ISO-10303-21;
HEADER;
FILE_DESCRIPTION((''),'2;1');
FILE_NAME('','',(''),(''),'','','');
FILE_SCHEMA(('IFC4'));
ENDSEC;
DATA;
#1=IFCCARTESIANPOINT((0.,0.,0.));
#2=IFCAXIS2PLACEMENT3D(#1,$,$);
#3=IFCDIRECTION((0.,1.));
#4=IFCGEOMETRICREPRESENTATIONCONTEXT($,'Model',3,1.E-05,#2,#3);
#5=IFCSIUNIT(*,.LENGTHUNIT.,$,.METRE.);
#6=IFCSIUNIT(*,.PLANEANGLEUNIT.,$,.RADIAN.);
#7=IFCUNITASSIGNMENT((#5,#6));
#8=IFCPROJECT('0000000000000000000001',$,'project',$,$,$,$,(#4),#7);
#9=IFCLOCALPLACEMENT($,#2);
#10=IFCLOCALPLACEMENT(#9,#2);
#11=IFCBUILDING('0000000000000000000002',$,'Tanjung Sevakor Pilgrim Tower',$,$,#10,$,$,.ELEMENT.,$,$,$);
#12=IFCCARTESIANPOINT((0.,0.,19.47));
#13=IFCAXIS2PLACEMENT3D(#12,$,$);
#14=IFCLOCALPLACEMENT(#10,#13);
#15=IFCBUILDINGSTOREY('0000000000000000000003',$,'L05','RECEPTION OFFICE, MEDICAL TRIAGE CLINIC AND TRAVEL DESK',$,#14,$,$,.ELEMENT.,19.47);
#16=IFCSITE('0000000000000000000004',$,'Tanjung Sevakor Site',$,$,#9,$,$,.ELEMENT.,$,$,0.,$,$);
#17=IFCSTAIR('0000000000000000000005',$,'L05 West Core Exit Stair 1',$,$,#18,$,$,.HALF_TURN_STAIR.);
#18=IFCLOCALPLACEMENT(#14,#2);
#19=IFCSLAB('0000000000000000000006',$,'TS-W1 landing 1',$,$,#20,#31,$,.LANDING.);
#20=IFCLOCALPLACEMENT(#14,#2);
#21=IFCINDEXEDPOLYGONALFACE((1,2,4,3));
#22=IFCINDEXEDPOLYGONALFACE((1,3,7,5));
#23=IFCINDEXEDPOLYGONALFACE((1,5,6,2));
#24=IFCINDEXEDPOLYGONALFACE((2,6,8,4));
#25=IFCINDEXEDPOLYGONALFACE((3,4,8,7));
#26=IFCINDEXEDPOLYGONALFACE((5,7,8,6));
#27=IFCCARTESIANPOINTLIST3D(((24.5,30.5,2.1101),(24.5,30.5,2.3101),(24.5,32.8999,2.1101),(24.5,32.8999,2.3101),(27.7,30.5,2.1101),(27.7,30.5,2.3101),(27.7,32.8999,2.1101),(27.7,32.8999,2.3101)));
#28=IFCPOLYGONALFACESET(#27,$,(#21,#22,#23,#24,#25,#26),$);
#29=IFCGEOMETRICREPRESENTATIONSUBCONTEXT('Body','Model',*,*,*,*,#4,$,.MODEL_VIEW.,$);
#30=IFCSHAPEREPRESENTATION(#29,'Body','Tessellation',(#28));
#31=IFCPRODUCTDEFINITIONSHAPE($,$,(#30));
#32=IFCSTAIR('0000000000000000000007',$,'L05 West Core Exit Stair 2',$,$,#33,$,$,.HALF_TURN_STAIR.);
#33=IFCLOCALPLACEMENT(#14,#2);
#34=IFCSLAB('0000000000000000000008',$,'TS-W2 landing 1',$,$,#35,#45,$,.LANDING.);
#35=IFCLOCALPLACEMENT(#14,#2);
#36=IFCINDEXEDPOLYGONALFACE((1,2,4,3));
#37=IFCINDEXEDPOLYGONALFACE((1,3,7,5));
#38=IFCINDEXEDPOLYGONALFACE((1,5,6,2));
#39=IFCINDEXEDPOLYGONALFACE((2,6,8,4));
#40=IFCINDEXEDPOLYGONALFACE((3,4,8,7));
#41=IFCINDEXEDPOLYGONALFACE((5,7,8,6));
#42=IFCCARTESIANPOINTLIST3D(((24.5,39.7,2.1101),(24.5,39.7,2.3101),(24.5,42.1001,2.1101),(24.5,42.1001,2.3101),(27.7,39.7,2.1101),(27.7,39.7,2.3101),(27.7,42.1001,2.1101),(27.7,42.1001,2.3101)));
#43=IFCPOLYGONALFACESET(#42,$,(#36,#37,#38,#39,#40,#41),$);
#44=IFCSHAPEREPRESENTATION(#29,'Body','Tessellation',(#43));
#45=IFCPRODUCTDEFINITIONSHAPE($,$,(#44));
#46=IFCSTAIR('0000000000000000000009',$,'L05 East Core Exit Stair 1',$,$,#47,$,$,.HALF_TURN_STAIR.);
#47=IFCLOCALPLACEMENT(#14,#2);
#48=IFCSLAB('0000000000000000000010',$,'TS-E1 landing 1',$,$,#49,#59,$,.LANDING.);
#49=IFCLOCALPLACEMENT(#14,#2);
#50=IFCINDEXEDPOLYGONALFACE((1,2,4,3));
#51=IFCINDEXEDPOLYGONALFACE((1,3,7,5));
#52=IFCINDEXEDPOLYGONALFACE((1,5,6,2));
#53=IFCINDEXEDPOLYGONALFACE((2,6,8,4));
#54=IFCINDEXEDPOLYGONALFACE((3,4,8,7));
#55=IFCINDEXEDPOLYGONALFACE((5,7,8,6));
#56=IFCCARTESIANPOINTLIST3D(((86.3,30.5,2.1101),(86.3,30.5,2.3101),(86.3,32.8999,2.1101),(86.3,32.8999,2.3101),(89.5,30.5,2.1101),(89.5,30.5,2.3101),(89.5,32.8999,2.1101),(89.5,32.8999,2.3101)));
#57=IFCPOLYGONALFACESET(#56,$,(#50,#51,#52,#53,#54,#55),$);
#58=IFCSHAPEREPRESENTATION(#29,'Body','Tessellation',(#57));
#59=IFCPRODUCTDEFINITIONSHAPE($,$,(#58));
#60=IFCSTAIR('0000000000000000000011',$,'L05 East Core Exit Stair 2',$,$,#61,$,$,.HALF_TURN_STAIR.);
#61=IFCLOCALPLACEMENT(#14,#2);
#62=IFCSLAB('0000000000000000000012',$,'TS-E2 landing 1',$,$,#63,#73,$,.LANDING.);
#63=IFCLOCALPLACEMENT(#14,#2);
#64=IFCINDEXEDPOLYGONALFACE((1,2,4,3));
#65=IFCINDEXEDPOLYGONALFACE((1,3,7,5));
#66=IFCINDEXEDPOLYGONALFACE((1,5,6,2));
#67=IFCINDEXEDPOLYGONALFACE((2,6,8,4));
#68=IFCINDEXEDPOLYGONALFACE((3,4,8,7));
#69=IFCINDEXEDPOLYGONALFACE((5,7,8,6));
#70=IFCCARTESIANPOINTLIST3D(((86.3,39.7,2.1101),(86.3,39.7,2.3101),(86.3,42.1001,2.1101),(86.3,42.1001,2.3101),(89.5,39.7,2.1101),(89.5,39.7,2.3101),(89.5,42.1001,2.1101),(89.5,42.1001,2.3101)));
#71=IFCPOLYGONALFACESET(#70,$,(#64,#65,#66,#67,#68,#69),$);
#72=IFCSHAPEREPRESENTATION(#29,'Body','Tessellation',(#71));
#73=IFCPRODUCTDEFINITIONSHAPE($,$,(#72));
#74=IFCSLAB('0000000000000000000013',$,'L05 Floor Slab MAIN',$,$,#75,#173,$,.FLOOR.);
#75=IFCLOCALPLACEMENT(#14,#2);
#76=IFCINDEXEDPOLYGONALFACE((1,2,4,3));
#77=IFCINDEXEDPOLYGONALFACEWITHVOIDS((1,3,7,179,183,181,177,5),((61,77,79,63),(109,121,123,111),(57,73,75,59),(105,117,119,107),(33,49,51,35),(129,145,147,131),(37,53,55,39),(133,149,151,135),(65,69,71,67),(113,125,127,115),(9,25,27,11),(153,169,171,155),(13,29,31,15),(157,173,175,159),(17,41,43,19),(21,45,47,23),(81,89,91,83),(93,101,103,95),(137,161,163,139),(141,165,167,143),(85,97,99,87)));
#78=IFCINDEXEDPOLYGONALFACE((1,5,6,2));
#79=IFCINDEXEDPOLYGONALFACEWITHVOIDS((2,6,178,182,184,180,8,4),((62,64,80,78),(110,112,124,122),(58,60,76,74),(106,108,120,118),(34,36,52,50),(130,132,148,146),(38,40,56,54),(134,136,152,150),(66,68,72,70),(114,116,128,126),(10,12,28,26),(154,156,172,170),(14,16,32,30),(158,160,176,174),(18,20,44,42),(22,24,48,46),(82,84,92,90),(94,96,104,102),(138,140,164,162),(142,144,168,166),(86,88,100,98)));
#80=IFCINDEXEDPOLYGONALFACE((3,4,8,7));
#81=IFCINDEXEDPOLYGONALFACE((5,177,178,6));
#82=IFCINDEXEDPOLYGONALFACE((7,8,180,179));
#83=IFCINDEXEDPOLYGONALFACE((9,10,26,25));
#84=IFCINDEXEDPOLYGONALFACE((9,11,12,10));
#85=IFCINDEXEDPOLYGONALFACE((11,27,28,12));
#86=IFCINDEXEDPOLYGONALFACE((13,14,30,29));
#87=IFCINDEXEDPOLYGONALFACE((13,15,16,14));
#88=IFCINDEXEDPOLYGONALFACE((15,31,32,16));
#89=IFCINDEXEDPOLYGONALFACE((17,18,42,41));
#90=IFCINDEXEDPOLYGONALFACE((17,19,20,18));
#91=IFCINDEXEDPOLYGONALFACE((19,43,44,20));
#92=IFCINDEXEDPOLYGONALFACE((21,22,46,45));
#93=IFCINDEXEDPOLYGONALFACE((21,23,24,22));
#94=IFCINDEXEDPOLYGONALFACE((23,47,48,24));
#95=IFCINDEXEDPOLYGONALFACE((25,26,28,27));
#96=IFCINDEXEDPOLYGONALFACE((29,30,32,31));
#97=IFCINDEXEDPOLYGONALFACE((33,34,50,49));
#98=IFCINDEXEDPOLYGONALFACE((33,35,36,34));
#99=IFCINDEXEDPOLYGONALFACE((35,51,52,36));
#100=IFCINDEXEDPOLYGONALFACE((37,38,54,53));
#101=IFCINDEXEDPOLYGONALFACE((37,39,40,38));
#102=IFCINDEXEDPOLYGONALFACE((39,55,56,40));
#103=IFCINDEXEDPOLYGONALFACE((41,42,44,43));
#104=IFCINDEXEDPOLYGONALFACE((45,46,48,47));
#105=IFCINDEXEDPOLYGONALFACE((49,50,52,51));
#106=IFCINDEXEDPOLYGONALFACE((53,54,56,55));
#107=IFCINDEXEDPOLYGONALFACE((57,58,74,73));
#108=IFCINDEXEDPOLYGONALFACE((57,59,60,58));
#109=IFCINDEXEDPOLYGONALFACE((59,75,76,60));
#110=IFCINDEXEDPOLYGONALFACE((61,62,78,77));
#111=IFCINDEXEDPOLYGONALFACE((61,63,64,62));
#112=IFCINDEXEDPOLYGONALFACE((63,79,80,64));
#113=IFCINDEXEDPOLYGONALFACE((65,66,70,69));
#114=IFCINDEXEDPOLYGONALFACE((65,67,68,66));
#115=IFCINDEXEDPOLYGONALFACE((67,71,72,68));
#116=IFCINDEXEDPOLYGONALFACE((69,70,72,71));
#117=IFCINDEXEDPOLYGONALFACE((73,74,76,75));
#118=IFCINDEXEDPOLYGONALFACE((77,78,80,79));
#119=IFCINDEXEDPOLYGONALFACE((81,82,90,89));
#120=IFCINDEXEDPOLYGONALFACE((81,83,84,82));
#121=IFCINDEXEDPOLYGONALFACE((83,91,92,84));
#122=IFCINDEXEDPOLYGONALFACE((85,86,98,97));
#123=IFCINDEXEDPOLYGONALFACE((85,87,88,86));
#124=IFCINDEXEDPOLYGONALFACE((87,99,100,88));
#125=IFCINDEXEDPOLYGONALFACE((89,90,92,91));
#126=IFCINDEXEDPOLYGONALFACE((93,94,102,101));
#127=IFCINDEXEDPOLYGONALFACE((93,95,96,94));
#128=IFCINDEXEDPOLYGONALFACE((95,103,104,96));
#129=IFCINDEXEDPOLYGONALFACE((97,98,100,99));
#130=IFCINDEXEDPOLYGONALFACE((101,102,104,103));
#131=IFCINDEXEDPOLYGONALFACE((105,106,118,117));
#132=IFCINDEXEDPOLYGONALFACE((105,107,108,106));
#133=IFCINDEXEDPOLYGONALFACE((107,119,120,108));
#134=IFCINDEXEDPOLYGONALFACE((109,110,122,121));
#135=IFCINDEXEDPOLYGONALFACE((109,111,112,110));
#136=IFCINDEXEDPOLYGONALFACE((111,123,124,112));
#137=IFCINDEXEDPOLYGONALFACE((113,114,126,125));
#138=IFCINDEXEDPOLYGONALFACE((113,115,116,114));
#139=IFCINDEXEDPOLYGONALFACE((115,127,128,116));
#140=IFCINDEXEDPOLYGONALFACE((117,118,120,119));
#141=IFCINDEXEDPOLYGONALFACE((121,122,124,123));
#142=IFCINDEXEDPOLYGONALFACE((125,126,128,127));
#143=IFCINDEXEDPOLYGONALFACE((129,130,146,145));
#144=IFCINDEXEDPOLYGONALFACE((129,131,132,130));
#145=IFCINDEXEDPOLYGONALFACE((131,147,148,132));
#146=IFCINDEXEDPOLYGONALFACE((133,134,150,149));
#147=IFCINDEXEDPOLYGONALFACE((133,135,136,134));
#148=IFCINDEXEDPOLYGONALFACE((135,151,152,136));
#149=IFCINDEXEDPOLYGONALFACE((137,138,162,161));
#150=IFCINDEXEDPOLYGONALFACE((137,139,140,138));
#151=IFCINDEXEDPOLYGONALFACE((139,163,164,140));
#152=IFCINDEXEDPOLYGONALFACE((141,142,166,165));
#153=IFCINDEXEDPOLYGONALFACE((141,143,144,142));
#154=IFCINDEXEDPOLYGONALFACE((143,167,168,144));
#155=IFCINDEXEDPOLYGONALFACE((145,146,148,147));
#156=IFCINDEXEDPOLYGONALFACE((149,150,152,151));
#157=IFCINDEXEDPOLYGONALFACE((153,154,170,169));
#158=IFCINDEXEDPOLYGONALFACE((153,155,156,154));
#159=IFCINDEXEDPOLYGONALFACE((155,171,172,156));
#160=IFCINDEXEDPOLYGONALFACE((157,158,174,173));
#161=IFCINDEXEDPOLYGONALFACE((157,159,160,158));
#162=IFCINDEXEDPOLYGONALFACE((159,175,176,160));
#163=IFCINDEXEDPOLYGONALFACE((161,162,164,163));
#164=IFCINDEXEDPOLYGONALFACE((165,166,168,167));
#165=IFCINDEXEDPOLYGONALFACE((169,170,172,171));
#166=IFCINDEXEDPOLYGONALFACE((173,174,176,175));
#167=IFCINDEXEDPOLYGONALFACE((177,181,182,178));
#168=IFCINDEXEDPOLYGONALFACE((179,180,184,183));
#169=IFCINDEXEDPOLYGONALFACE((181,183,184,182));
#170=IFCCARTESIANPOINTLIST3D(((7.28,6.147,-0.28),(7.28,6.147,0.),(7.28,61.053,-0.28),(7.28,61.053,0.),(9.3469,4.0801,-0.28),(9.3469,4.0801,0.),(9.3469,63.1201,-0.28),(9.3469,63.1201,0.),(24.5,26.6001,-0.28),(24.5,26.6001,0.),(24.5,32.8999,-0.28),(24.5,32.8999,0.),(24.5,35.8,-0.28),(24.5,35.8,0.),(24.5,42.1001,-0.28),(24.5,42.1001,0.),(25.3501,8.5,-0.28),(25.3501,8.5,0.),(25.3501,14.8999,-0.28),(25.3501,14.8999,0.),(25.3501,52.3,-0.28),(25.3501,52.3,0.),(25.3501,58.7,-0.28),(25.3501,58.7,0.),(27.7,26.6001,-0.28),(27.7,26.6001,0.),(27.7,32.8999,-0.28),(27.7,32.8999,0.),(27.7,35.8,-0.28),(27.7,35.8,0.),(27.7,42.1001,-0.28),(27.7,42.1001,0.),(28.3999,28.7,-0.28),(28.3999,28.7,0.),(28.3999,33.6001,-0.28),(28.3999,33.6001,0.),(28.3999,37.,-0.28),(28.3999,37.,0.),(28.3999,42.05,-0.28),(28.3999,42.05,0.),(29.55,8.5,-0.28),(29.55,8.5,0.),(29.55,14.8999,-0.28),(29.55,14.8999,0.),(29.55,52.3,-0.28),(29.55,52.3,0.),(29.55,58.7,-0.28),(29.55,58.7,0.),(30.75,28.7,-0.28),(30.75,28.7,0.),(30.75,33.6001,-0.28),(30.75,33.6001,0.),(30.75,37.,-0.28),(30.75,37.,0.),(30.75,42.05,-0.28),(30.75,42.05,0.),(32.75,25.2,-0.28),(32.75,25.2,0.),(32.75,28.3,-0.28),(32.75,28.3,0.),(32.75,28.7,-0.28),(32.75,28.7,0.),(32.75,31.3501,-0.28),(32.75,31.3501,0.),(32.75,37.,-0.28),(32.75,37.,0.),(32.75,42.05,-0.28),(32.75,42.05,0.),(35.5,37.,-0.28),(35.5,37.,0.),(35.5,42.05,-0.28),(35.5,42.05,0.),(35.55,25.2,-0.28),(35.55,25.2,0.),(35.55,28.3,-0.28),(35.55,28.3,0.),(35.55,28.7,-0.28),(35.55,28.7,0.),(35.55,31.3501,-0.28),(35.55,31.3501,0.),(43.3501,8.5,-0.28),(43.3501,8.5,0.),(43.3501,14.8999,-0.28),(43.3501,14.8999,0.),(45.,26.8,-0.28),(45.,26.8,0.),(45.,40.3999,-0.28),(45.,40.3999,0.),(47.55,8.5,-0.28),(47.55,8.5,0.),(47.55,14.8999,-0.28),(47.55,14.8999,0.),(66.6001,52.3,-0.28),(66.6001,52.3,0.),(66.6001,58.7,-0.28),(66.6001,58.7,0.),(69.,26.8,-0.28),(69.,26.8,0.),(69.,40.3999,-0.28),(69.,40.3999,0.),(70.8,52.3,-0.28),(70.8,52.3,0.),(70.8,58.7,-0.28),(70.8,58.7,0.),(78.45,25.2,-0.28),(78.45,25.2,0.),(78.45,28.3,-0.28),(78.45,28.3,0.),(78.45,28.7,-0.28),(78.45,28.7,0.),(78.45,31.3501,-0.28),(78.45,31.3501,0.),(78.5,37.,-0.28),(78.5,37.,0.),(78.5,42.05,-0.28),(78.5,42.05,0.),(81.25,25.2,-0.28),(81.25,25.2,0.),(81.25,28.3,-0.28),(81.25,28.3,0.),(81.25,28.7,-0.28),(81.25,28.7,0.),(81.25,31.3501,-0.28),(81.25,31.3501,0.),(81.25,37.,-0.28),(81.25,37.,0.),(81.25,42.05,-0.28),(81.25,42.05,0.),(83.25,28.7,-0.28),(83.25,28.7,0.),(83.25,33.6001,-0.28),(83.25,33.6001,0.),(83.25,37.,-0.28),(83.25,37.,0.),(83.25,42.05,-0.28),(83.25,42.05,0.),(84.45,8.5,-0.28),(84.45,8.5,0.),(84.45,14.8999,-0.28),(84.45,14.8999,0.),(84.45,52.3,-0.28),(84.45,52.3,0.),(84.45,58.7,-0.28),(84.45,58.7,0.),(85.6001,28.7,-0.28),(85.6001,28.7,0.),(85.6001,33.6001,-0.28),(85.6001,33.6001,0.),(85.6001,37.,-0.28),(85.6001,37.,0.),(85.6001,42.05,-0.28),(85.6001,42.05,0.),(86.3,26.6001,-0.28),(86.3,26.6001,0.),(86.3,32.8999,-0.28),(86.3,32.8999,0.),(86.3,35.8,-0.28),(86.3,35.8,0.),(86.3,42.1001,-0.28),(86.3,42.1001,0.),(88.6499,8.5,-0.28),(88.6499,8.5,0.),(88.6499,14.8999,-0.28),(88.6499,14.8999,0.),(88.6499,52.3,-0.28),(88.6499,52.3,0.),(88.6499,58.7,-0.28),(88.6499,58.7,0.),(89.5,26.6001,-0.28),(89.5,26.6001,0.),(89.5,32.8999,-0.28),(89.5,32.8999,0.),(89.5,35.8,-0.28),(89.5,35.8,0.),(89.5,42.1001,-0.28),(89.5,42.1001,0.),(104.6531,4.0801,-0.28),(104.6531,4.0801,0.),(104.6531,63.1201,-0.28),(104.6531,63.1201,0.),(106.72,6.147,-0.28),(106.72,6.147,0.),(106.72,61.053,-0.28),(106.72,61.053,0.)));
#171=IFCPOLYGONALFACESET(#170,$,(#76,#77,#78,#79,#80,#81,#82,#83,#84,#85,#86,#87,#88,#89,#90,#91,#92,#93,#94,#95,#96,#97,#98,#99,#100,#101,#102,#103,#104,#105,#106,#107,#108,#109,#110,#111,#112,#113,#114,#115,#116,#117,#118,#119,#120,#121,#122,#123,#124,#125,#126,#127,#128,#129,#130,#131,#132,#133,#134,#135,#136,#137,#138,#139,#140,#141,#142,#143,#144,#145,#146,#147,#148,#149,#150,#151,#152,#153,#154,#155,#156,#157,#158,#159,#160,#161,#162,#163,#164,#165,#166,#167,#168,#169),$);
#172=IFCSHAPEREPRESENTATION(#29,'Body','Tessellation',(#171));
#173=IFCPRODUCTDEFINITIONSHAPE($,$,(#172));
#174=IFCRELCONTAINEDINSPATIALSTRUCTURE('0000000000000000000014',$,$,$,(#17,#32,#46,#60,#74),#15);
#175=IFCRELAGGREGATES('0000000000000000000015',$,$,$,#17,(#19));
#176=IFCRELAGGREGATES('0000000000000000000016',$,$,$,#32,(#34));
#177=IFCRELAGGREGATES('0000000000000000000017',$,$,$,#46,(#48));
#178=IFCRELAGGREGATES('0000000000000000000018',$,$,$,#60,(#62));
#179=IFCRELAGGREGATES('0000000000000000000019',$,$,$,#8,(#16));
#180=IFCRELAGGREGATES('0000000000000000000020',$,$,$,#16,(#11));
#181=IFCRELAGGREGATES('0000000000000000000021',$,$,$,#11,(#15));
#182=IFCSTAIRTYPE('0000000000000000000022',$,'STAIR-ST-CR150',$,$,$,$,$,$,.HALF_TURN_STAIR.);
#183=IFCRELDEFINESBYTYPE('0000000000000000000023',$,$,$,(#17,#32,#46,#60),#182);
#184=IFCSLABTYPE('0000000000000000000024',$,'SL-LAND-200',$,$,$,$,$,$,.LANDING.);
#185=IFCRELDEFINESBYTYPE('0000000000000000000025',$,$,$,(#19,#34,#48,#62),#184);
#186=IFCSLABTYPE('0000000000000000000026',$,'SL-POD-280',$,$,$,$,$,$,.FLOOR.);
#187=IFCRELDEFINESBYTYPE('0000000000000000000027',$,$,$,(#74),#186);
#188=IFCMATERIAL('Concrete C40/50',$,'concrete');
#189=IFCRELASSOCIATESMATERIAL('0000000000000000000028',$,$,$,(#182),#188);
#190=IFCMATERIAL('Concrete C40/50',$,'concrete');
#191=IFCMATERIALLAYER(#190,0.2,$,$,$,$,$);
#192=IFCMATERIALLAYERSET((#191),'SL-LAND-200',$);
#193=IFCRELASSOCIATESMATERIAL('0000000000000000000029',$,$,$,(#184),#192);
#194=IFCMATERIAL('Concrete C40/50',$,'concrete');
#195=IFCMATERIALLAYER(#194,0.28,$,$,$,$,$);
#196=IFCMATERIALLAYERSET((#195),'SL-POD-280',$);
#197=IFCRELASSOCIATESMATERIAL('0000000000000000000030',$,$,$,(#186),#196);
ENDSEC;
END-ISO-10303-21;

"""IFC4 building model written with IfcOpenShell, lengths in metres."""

from ifc_helpers import new_model, si_unit, direction, frame, origin, place, context, subcontext, project, spatial, polyline, outline, extrude, material, layer, layer_set, type_object, element, aggregate, save


model = new_model("IFC4")

# Units and contexts
model_context = context("Model", 3, precision=1e-05, world=origin(), true_north=direction((0.0, 1.0)))
body_context = subcontext(model_context, "Body", "Model", "MODEL_VIEW")
ifc_project = project(units=[si_unit("LENGTHUNIT", "METRE"), si_unit("PLANEANGLEUNIT", "RADIAN")], contexts=[model_context])

# Site, building, storey
site_placement = place(None, origin())
site = spatial("IfcSite", under=ifc_project, at=site_placement, Name="Tanjung Sevakor Site", CompositionType="ELEMENT", RefElevation=0.0)
building_placement = place(site_placement, origin())
building = spatial("IfcBuilding", under=site, at=building_placement, Name="Tanjung Sevakor Pilgrim Tower", CompositionType="ELEMENT")
storey_placement = place(building_placement, frame((0.0, 0.0, 19.47)))
storey = spatial("IfcBuildingStorey", under=building, at=storey_placement, Name="L05", Description="RECEPTION OFFICE, MEDICAL TRIAGE CLINIC AND TRAVEL DESK", CompositionType="ELEMENT", Elevation=19.47)

# Stairs, slabs
ifc_material_1 = material(Name="Concrete C40/50", Category="concrete")
stair_type = type_object("IfcStairType", Name="STAIR-ST-CR150", PredefinedType="HALF_TURN_STAIR", material=ifc_material_1)
stair_1_placement = place(storey_placement, origin())
stair_1 = element("IfcStair", 1, at=stair_1_placement, inside=storey, type_object=stair_type, Name="L05 West Core Exit Stair 1", PredefinedType="HALF_TURN_STAIR")
ifc_material_2 = material(Name="Concrete C40/50", Category="concrete")
ifc_layer_1 = layer(ifc_material_2, 0.2)
ifc_layer_set_1 = layer_set([ifc_layer_1], Name="SL-LAND-200")
slab_type_1 = type_object("IfcSlabType", Name="SL-LAND-200", PredefinedType="LANDING", material=ifc_layer_set_1)
slab_1_placement = place(storey_placement, frame((0.0, 0.0, 2.1101)))
slab_1 = element("IfcSlab", 2, at=slab_1_placement, type_object=slab_type_1, Name="TS-W1 landing 1", PredefinedType="LANDING", context=body_context, shape_type="SweptSolid", body=[
    extrude(outline(polyline([(27.7, 30.5), (27.7, 32.8999), (24.5, 32.8999), (24.5, 30.5), (27.7, 30.5)])), origin(), (0.0, 0.0, 1.0), 0.2),
])
aggregate(stair_1, [slab_1])
stair_2_placement = place(storey_placement, origin())
stair_2 = element("IfcStair", 3, at=stair_2_placement, inside=storey, type_object=stair_type, Name="L05 West Core Exit Stair 2", PredefinedType="HALF_TURN_STAIR")
slab_2_placement = place(storey_placement, frame((0.0, 0.0, 2.1101)))
slab_2 = element("IfcSlab", 4, at=slab_2_placement, type_object=slab_type_1, Name="TS-W2 landing 1", PredefinedType="LANDING", context=body_context, shape_type="SweptSolid", body=[
    extrude(outline(polyline([(27.7, 39.7), (27.7, 42.1001), (24.5, 42.1001), (24.5, 39.7), (27.7, 39.7)])), origin(), (0.0, 0.0, 1.0), 0.2),
])
aggregate(stair_2, [slab_2])
stair_3_placement = place(storey_placement, origin())
stair_3 = element("IfcStair", 5, at=stair_3_placement, inside=storey, type_object=stair_type, Name="L05 East Core Exit Stair 1", PredefinedType="HALF_TURN_STAIR")
slab_3_placement = place(storey_placement, frame((0.0, 0.0, 2.1101)))
slab_3 = element("IfcSlab", 6, at=slab_3_placement, type_object=slab_type_1, Name="TS-E1 landing 1", PredefinedType="LANDING", context=body_context, shape_type="SweptSolid", body=[
    extrude(outline(polyline([(89.5, 30.5), (89.5, 32.8999), (86.3, 32.8999), (86.3, 30.5), (89.5, 30.5)])), origin(), (0.0, 0.0, 1.0), 0.2),
])
aggregate(stair_3, [slab_3])
stair_4_placement = place(storey_placement, origin())
stair_4 = element("IfcStair", 7, at=stair_4_placement, inside=storey, type_object=stair_type, Name="L05 East Core Exit Stair 2", PredefinedType="HALF_TURN_STAIR")
slab_4_placement = place(storey_placement, frame((0.0, 0.0, 2.1101)))
slab_4 = element("IfcSlab", 8, at=slab_4_placement, type_object=slab_type_1, Name="TS-E2 landing 1", PredefinedType="LANDING", context=body_context, shape_type="SweptSolid", body=[
    extrude(outline(polyline([(89.5, 39.7), (89.5, 42.1001), (86.3, 42.1001), (86.3, 39.7), (89.5, 39.7)])), origin(), (0.0, 0.0, 1.0), 0.2),
])
aggregate(stair_4, [slab_4])

# Slab
ifc_material_3 = material(Name="Concrete C40/50", Category="concrete")
ifc_layer_2 = layer(ifc_material_3, 0.28)
ifc_layer_set_2 = layer_set([ifc_layer_2], Name="SL-POD-280")
slab_type_2 = type_object("IfcSlabType", Name="SL-POD-280", PredefinedType="FLOOR", material=ifc_layer_set_2)
slab_5_placement = place(storey_placement, frame((0.0, 0.0, -0.28)))
element("IfcSlab", 9, at=slab_5_placement, inside=storey, type_object=slab_type_2, Name="L05 Floor Slab MAIN", PredefinedType="FLOOR", context=body_context, shape_type="SweptSolid", body=[
    extrude(outline(polyline([(9.3469, 4.0801), (104.6531, 4.0801), (106.72, 6.147), (106.72, 61.053), (104.6531, 63.1201), (9.3469, 63.1201), (7.28, 61.053), (7.28, 6.147), (9.3469, 4.0801)]), holes=[polyline([(27.7, 26.6001), (27.7, 32.8999), (24.5, 32.8999), (24.5, 26.6001), (27.7, 26.6001)]), polyline([(27.7, 35.8), (27.7, 42.1001), (24.5, 42.1001), (24.5, 35.8), (27.7, 35.8)]), polyline([(89.5, 26.6001), (89.5, 32.8999), (86.3, 32.8999), (86.3, 26.6001), (89.5, 26.6001)]), polyline([(89.5, 35.8), (89.5, 42.1001), (86.3, 42.1001), (86.3, 35.8), (89.5, 35.8)]), polyline([(25.3501, 14.8999), (25.3501, 8.5), (29.55, 8.5), (29.55, 14.8999), (25.3501, 14.8999)]), polyline([(29.55, 52.3), (29.55, 58.7), (25.3501, 58.7), (25.3501, 52.3), (29.55, 52.3)]), polyline([(43.3501, 14.8999), (43.3501, 8.5), (47.55, 8.5), (47.55, 14.8999), (43.3501, 14.8999)]), polyline([(70.8, 52.3), (70.8, 58.7), (66.6001, 58.7), (66.6001, 52.3), (70.8, 52.3)]), polyline([(84.45, 14.8999), (84.45, 8.5), (88.6499, 8.5), (88.6499, 14.8999), (84.45, 14.8999)]), polyline([(88.6499, 52.3), (88.6499, 58.7), (84.45, 58.7), (84.45, 52.3), (88.6499, 52.3)]), polyline([(32.75, 25.2), (35.55, 25.2), (35.55, 28.3), (32.75, 28.3), (32.75, 25.2)]), polyline([(32.75, 28.7), (35.55, 28.7), (35.55, 31.3501), (32.75, 31.3501), (32.75, 28.7)]), polyline([(28.3999, 28.7), (30.75, 28.7), (30.75, 33.6001), (28.3999, 33.6001), (28.3999, 28.7)]), polyline([(28.3999, 37.0), (30.75, 37.0), (30.75, 42.05), (28.3999, 42.05), (28.3999, 37.0)]), polyline([(32.75, 37.0), (35.5, 37.0), (35.5, 42.05), (32.75, 42.05), (32.75, 37.0)]), polyline([(78.45, 25.2), (81.25, 25.2), (81.25, 28.3), (78.45, 28.3), (78.45, 25.2)]), polyline([(78.45, 28.7), (81.25, 28.7), (81.25, 31.3501), (78.45, 31.3501), (78.45, 28.7)]), polyline([(83.25, 28.7), (85.6001, 28.7), (85.6001, 33.6001), (83.25, 33.6001), (83.25, 28.7)]), polyline([(83.25, 37.0), (85.6001, 37.0), (85.6001, 42.05), (83.25, 42.05), (83.25, 37.0)]), polyline([(78.5, 37.0), (81.25, 37.0), (81.25, 42.05), (78.5, 42.05), (78.5, 37.0)]), polyline([(45.0, 26.8), (69.0, 26.8), (69.0, 40.3999), (45.0, 40.3999), (45.0, 26.8)])]), origin(), (0.0, 0.0, 1.0), 0.28),
])

save(model, "model.ifc")
